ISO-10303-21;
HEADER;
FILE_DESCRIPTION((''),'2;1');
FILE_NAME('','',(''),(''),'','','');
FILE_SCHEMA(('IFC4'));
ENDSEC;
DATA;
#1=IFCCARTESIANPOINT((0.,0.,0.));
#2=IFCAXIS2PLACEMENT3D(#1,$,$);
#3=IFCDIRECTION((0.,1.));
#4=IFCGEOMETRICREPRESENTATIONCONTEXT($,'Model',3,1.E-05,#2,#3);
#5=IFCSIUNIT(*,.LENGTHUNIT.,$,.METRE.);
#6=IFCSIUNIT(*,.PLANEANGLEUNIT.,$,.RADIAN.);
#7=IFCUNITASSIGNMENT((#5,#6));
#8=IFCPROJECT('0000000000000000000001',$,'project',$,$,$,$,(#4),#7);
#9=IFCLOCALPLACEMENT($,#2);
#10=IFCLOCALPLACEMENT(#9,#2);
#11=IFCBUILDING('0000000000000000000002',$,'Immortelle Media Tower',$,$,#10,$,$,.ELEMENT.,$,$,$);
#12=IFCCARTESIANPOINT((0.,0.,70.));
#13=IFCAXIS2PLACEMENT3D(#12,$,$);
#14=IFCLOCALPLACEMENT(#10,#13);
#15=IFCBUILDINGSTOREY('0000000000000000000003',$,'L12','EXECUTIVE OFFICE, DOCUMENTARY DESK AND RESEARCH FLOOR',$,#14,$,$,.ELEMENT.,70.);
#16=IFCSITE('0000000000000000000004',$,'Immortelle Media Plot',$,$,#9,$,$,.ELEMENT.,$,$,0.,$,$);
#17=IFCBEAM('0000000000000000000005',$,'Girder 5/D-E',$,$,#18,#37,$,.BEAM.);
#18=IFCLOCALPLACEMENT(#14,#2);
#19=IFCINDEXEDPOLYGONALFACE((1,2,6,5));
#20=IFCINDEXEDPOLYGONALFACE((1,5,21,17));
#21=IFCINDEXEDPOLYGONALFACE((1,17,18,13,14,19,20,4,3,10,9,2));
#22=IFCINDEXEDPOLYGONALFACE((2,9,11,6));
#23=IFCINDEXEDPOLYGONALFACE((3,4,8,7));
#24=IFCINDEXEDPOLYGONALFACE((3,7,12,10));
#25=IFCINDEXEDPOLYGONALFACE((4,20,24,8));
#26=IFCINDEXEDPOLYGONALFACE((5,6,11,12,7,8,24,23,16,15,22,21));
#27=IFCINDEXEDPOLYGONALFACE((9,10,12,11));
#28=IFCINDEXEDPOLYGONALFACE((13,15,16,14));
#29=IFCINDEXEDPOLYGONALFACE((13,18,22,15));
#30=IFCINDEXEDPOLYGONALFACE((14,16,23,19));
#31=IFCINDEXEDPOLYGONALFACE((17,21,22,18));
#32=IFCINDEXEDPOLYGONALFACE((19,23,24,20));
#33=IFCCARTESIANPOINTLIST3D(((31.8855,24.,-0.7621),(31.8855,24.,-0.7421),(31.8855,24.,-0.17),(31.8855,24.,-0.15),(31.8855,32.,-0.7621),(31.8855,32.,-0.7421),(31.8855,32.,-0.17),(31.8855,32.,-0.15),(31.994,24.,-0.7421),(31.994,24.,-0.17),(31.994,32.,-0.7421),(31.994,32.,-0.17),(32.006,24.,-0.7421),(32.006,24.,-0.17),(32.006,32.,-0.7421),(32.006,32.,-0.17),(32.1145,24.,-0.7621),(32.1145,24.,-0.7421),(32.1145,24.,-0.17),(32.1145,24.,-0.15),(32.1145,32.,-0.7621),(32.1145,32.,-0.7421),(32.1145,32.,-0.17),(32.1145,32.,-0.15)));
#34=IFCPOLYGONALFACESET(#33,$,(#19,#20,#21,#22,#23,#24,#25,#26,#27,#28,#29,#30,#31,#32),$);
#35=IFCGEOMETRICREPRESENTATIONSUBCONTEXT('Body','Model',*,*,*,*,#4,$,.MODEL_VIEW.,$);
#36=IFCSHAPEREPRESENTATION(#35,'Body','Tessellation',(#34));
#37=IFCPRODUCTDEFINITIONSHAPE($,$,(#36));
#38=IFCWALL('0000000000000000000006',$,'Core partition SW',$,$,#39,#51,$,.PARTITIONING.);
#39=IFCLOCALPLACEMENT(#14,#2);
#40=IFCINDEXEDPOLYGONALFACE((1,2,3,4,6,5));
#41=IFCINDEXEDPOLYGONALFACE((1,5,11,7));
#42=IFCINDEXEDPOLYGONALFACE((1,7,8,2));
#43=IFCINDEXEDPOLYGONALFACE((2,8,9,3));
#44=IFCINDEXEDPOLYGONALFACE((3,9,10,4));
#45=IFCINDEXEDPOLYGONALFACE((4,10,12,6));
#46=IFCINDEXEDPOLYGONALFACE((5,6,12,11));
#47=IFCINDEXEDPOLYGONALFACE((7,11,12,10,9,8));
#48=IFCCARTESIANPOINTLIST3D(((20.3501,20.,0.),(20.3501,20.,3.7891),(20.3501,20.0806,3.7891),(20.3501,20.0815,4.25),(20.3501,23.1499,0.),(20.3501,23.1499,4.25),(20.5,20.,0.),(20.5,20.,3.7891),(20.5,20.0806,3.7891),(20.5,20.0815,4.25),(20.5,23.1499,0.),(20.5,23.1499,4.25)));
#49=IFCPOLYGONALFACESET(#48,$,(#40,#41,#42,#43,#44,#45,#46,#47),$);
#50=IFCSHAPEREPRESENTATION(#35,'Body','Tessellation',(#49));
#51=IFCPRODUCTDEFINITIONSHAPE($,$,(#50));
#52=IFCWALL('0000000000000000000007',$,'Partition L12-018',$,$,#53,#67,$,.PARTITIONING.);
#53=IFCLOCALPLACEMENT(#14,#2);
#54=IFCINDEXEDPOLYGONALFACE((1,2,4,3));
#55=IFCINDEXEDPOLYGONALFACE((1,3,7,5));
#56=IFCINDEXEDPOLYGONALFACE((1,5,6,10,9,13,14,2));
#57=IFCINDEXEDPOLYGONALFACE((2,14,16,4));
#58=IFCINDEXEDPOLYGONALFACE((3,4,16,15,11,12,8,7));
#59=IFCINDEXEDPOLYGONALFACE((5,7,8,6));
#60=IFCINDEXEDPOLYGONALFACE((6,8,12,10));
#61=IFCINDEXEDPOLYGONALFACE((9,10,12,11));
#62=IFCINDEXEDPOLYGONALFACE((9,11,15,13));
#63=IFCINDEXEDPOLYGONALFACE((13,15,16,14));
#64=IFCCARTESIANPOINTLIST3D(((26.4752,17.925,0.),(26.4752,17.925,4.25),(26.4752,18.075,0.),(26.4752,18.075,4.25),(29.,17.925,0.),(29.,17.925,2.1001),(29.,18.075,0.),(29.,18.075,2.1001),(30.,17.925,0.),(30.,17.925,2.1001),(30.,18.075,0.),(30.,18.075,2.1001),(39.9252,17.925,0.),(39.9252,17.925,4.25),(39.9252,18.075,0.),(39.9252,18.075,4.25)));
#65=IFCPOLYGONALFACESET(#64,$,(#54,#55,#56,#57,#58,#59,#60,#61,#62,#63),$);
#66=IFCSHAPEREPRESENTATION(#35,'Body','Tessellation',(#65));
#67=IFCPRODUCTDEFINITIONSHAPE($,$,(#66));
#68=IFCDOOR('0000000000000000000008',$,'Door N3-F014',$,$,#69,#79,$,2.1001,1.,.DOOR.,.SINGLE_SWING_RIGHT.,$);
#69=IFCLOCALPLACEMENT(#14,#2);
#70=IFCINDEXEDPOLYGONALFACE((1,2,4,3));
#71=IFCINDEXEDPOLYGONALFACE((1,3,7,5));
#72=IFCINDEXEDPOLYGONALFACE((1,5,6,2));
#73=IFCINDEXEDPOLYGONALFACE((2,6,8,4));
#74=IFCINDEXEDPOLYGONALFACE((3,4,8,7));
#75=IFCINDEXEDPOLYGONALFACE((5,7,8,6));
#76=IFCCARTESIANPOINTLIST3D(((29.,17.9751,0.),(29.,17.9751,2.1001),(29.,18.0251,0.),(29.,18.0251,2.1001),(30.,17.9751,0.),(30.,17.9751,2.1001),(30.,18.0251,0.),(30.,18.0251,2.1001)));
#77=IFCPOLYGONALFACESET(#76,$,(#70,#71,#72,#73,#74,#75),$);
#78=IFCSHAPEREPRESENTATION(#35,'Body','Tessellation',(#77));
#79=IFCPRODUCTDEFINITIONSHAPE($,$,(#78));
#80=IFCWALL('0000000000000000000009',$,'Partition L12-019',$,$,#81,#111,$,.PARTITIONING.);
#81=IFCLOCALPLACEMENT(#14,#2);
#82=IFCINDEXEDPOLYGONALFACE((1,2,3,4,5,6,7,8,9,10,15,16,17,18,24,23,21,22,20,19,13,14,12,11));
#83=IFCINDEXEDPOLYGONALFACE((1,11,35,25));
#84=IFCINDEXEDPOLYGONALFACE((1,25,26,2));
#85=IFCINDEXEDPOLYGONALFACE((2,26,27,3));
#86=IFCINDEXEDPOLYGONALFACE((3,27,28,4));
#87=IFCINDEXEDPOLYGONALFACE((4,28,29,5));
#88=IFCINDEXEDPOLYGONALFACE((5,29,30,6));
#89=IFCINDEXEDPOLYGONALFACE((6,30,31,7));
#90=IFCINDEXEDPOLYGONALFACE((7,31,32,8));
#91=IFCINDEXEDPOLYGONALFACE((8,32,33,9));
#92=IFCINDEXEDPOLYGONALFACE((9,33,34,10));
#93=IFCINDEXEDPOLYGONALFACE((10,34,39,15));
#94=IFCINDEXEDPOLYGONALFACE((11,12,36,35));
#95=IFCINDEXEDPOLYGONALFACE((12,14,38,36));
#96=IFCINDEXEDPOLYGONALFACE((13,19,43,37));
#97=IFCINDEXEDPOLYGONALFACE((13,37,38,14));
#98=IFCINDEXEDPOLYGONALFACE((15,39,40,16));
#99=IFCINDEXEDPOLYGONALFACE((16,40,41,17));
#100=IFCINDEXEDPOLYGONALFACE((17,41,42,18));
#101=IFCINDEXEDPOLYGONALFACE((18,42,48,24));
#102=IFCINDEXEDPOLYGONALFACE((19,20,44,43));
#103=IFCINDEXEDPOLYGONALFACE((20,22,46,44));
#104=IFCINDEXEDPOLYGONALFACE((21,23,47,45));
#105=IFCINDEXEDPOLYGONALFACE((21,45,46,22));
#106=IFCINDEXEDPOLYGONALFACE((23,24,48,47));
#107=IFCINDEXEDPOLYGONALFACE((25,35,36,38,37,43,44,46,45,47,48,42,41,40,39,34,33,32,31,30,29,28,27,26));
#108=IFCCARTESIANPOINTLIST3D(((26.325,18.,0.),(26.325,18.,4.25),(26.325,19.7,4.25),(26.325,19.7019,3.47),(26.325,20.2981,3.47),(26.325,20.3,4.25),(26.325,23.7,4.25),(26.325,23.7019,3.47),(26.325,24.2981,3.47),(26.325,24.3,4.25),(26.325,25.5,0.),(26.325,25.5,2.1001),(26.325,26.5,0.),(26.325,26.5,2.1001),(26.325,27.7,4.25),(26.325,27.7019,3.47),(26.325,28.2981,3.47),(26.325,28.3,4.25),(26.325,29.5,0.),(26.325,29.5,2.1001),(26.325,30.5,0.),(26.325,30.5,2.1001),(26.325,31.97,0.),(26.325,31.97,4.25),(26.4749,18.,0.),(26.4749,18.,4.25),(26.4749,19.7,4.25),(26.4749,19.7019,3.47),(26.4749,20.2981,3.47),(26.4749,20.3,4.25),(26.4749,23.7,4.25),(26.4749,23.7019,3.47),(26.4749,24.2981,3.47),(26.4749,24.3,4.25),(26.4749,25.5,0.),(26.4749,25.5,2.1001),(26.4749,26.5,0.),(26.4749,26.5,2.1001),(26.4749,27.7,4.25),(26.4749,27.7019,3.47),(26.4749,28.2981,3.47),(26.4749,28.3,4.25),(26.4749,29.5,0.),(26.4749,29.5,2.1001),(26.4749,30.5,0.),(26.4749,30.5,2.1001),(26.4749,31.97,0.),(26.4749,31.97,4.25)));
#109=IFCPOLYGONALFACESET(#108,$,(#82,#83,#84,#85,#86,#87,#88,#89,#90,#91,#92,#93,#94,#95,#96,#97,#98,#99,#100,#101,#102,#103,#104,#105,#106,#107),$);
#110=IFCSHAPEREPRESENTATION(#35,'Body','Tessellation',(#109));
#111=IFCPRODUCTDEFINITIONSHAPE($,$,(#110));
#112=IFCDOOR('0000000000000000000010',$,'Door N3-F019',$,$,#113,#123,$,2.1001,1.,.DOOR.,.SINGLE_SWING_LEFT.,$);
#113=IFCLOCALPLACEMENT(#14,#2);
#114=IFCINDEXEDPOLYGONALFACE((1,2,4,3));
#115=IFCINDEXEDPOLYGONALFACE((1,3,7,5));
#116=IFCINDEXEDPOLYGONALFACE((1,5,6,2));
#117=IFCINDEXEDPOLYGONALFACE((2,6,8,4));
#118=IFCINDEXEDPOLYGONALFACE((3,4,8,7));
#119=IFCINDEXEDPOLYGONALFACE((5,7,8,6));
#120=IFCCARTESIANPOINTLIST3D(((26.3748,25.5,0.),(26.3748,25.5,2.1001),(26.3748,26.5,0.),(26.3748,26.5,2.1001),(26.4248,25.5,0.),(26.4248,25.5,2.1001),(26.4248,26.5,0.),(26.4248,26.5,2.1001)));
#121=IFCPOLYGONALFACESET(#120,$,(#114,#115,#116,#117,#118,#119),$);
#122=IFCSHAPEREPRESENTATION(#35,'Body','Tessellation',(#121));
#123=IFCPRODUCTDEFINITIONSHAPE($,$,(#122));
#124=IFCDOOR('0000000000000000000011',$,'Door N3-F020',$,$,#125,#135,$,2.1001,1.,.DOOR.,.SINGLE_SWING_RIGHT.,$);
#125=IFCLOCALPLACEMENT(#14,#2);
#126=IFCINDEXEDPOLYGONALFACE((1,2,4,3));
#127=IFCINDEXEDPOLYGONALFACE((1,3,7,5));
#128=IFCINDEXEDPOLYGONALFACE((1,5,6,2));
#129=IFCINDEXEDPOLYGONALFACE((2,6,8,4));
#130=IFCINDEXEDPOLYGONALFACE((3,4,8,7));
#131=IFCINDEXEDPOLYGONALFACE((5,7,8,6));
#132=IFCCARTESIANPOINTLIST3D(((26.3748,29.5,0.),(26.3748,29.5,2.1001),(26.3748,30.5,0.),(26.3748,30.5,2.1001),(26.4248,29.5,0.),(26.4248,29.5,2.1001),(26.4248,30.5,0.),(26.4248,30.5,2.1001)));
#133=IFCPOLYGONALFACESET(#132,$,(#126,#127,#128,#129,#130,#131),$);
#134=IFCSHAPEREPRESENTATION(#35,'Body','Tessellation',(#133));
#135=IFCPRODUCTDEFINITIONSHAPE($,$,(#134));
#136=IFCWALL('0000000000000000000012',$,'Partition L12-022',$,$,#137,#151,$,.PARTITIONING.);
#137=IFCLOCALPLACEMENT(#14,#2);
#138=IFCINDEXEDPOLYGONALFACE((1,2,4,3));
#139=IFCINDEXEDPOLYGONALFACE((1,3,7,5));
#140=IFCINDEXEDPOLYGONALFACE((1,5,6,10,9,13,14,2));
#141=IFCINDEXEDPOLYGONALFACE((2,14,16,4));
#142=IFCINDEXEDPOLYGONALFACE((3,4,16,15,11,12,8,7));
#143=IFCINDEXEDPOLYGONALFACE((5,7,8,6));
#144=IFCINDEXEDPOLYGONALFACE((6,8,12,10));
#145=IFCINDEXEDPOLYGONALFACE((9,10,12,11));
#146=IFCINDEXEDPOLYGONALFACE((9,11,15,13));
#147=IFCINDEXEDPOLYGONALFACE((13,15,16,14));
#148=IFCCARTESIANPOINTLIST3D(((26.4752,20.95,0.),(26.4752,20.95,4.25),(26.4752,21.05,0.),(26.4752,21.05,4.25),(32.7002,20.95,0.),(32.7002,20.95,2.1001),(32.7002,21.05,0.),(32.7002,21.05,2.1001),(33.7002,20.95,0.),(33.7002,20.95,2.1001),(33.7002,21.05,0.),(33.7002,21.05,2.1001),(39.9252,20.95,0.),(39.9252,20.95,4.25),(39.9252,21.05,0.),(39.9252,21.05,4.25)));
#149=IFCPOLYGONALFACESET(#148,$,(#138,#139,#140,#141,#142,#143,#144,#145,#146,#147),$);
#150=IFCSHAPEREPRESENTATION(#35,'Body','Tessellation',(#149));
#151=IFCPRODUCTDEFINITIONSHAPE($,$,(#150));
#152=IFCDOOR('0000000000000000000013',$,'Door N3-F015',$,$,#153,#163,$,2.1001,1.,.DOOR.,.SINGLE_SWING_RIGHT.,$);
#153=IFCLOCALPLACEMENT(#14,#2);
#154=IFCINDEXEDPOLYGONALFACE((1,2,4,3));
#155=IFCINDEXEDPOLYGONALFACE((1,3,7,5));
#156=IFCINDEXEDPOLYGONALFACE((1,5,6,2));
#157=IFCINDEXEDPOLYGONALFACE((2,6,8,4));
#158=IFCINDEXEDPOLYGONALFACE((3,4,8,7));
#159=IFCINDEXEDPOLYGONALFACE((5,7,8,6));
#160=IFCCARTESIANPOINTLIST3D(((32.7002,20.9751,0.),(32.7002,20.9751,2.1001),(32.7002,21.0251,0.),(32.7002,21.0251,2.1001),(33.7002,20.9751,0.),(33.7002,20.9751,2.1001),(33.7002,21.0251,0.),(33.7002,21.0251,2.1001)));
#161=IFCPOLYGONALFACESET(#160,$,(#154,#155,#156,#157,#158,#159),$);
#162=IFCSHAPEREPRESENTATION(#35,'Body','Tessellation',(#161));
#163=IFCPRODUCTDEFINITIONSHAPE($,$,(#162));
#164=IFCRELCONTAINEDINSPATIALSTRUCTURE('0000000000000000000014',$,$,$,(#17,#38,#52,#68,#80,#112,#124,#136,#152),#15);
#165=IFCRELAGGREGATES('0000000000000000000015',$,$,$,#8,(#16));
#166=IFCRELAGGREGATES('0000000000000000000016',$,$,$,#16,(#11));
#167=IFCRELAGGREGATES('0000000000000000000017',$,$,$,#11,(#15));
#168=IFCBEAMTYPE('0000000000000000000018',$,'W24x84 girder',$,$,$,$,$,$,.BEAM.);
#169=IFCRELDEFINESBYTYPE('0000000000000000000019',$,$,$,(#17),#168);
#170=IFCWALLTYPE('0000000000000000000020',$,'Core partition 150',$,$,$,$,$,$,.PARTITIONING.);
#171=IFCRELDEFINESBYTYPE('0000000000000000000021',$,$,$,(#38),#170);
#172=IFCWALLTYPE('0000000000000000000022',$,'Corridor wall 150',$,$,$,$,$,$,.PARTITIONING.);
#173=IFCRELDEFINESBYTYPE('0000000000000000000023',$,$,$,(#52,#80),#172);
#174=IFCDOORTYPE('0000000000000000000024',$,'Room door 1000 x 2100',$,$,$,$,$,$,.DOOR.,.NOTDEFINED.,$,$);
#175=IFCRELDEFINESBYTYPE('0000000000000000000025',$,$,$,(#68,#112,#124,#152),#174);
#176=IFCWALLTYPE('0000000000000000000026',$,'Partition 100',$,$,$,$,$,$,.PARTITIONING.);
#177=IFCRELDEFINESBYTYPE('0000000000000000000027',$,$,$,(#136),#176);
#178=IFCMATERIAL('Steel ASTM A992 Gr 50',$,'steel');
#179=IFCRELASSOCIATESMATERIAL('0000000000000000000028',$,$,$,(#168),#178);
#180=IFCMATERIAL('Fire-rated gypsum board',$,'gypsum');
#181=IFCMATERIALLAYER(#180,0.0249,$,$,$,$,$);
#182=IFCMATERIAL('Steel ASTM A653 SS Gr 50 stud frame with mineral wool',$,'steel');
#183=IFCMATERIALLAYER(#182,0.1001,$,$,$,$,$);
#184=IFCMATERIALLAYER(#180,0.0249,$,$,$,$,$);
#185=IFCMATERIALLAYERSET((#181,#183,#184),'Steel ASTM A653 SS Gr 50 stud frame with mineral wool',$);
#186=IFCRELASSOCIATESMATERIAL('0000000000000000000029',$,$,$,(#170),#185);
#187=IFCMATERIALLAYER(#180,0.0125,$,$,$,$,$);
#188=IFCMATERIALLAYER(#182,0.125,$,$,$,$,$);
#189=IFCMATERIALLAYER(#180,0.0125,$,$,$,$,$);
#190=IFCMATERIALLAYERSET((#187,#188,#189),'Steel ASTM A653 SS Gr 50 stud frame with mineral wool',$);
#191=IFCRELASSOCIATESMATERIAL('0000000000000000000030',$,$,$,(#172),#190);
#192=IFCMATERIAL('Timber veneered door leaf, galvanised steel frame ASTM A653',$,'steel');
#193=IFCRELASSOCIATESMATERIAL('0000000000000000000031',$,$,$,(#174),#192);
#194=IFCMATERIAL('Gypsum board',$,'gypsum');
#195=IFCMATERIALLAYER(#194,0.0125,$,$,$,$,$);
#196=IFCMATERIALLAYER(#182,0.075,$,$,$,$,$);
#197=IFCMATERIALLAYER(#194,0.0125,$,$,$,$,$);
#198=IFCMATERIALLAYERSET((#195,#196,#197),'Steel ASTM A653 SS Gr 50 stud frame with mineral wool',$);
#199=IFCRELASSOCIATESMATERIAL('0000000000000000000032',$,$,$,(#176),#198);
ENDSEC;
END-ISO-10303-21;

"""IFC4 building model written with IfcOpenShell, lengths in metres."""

from ifc_helpers import new_model, si_unit, direction, frame, frame_2d, origin, origin_2d, place, context, subcontext, project, spatial, polyline, rectangle, i_section, outline, extrude, material, layer, layer_set, material_profile, profile_set, type_object, element, fill, save


model = new_model("IFC4")

# Units and contexts
model_context = context("Model", 3, precision=1e-05, world=origin(), true_north=direction((0.0, 1.0)))
body_context = subcontext(model_context, "Body", "Model", "MODEL_VIEW")
ifc_project = project(units=[si_unit("LENGTHUNIT", "METRE"), si_unit("PLANEANGLEUNIT", "RADIAN")], contexts=[model_context])

# Site, building, storey
site_placement = place(None, origin())
site = spatial("IfcSite", under=ifc_project, at=site_placement, Name="Immortelle Media Plot", CompositionType="ELEMENT", RefElevation=0.0)
building_placement = place(site_placement, origin())
building = spatial("IfcBuilding", under=site, at=building_placement, Name="Immortelle Media Tower", CompositionType="ELEMENT")
storey_placement = place(building_placement, frame((0.0, 0.0, 70.0)))
storey = spatial("IfcBuildingStorey", under=building, at=storey_placement, Name="L12", Description="EXECUTIVE OFFICE, DOCUMENTARY DESK AND RESEARCH FLOOR", CompositionType="ELEMENT", Elevation=70.0)

# Shared definitions
ifc_material_1 = material(Name="Steel ASTM A992 Gr 50", Category="steel")

# Beam
ifc_material_profile_1 = material_profile(ifc_material_1, i_section(OverallWidth=0.229, OverallDepth=0.6121, WebThickness=0.012, FlangeThickness=0.02, at=origin_2d()), Name="W24x84")
ifc_profile_set_1 = profile_set([ifc_material_profile_1], Name="Steel ASTM A992 Gr 50")
beam_type_1 = type_object("IfcBeamType", Name="W24x84 girder", PredefinedType="BEAM", material=ifc_profile_set_1)
for number, where, z_axis, x_axis, name in (
    (1, (32.0, 24.0, -0.4561), (0.0, 1.0, 0.0), (-1.0, 0.0, 0.0), "Girder 5/D-E"),
):
    element("IfcBeam", number, at=place(storey_placement, frame(where, z_axis=z_axis, x_axis=x_axis)), inside=storey, type_object=beam_type_1, Name=name, PredefinedType="BEAM", context=body_context, shape_type="SweptSolid", body=[
        extrude(i_section(OverallWidth=0.229, OverallDepth=0.6121, WebThickness=0.012, FlangeThickness=0.02, at=origin_2d()), origin(), (0.0, 0.0, 1.0), 8.0),
    ])

# Wall
ifc_material_2 = material(Name="Fire-rated gypsum board", Category="gypsum")
ifc_layer_1 = layer(ifc_material_2, 0.0249)
ifc_material_3 = material(Name="Steel ASTM A653 SS Gr 50 stud frame with mineral wool", Category="steel")
ifc_layer_2 = layer(ifc_material_3, 0.1001)
ifc_layer_3 = layer(ifc_material_2, 0.0249)
ifc_layer_set_1 = layer_set([ifc_layer_1, ifc_layer_2, ifc_layer_3], Name="Steel ASTM A653 SS Gr 50 stud frame with mineral wool")
wall_type_1 = type_object("IfcWallType", Name="Core partition 150", PredefinedType="PARTITIONING", material=ifc_layer_set_1)
wall_1_placement = place(storey_placement, frame((20.425, 20.0, 0.0), z_axis=(0.0, 0.0, 1.0), x_axis=(0.0, 1.0, 0.0)))
element("IfcWall", 2, at=wall_1_placement, inside=storey, type_object=wall_type_1, Name="Core partition SW", PredefinedType="PARTITIONING", context=body_context, shape_type="SweptSolid", body=[
    extrude(outline(polyline([(0.0, 0.0), (3.1499, 0.0), (3.1499, 4.25), (0.0815, 4.25), (0.0806, 3.7891), (0.0, 3.7891), (0.0, 0.0)])), frame((0.0, 0.075, 0.0), z_axis=(0.0, -1.0, 0.0), x_axis=(1.0, 0.0, 0.0)), (0.0, 0.0, 1.0), 0.1499),
])

# Wall, opening, door
ifc_layer_4 = layer(ifc_material_2, 0.0125)
ifc_layer_5 = layer(ifc_material_3, 0.125)
ifc_layer_6 = layer(ifc_material_2, 0.0125)
ifc_layer_set_2 = layer_set([ifc_layer_4, ifc_layer_5, ifc_layer_6], Name="Steel ASTM A653 SS Gr 50 stud frame with mineral wool")
wall_type_2 = type_object("IfcWallType", Name="Corridor wall 150", PredefinedType="PARTITIONING", material=ifc_layer_set_2)
wall_2_placement = place(storey_placement, frame((26.4751, 18.0, 0.0), z_axis=(0.0, 0.0, 1.0), x_axis=(1.0, 0.0, 0.0)))
wall_2 = element("IfcWall", 3, at=wall_2_placement, inside=storey, type_object=wall_type_2, Name="Partition L12-018", PredefinedType="PARTITIONING", context=body_context, shape_type="SweptSolid", body=[
    extrude(rectangle(XDim=13.45, YDim=0.1499, at=frame_2d((6.7251, 0.0))), origin(), (0.0, 0.0, 1.0), 4.25),
])
opening_1_placement = place(wall_2_placement, frame((3.5249, 0.0, 0.0), z_axis=(0.0, 0.0, 1.0), x_axis=(-1.0, 0.0, 0.0)))
opening_1 = element("IfcOpeningElement", 4, at=opening_1_placement, cuts=wall_2, PredefinedType="OPENING", context=body_context, shape_type="SweptSolid", body=[
    extrude(rectangle(XDim=1.0, YDim=2.1001, at=frame_2d((0.5, 1.05))), frame((0.0, 0.085, 0.0), z_axis=(0.0, -1.0, 0.0), x_axis=(1.0, 0.0, 0.0)), (0.0, 0.0, 1.0), 0.1699),
])
ifc_material_4 = material(Name="Timber veneered door leaf, galvanised steel frame ASTM A653", Category="steel")
door_type = type_object("IfcDoorType", Name="Room door 1000 x 2100", OperationType="NOTDEFINED", PredefinedType="DOOR", material=ifc_material_4)
door_1_placement = place(opening_1_placement, origin())
door_1 = element("IfcDoor", 5, at=door_1_placement, inside=storey, type_object=door_type, Name="Door N3-F014", OperationType="SINGLE_SWING_RIGHT", OverallHeight=2.1001, OverallWidth=1.0, PredefinedType="DOOR", context=body_context, shape_type="SweptSolid", body=[
    extrude(rectangle(XDim=1.0, YDim=2.1001, at=frame_2d((0.5, 1.05))), frame((0.0, 0.0249, 0.0), z_axis=(0.0, -1.0, 0.0), x_axis=(1.0, 0.0, 0.0)), (0.0, 0.0, 1.0), 0.05),
])
fill(opening_1, door_1)

# Wall, openings, doors
wall_3_placement = place(storey_placement, frame((26.3999, 18.0, 0.0), z_axis=(0.0, 0.0, 1.0), x_axis=(0.0, 1.0, 0.0)))
wall_3 = element("IfcWall", 6, at=wall_3_placement, inside=storey, type_object=wall_type_2, Name="Partition L12-019", PredefinedType="PARTITIONING", context=body_context, shape_type="SweptSolid", body=[
    extrude(outline(polyline([(0.0, 0.0), (13.97, 0.0), (13.97, 4.25), (10.3, 4.25), (10.2981, 3.47), (9.7019, 3.47), (9.7, 4.25), (6.3, 4.25), (6.2981, 3.47), (5.7019, 3.47), (5.7, 4.25), (2.3, 4.25), (2.2981, 3.47), (1.7019, 3.47), (1.7, 4.25), (0.0, 4.25), (0.0, 0.0)])), frame((0.0, 0.075, 0.0), z_axis=(0.0, -1.0, 0.0), x_axis=(1.0, 0.0, 0.0)), (0.0, 0.0, 1.0), 0.1499),
])
opening_2_placement = place(wall_3_placement, frame((8.5, 0.0, 0.0), z_axis=(0.0, 0.0, 1.0), x_axis=(-1.0, 0.0, 0.0)))
opening_2 = element("IfcOpeningElement", 7, at=opening_2_placement, cuts=wall_3, PredefinedType="OPENING", context=body_context, shape_type="SweptSolid", body=[
    extrude(rectangle(XDim=1.0, YDim=2.1001, at=frame_2d((0.5, 1.05))), frame((0.0, 0.085, 0.0), z_axis=(0.0, -1.0, 0.0), x_axis=(1.0, 0.0, 0.0)), (0.0, 0.0, 1.0), 0.1699),
])
opening_3_placement = place(wall_3_placement, frame((12.5, 0.0, 0.0), z_axis=(0.0, 0.0, 1.0), x_axis=(-1.0, 0.0, 0.0)))
opening_3 = element("IfcOpeningElement", 8, at=opening_3_placement, cuts=wall_3, PredefinedType="OPENING", context=body_context, shape_type="SweptSolid", body=[
    extrude(rectangle(XDim=1.0, YDim=2.1001, at=frame_2d((0.5, 1.05))), frame((0.0, 0.085, 0.0), z_axis=(0.0, -1.0, 0.0), x_axis=(1.0, 0.0, 0.0)), (0.0, 0.0, 1.0), 0.1699),
])
door_2_placement = place(opening_2_placement, origin())
door_2 = element("IfcDoor", 9, at=door_2_placement, inside=storey, type_object=door_type, Name="Door N3-F019", OperationType="SINGLE_SWING_LEFT", OverallHeight=2.1001, OverallWidth=1.0, PredefinedType="DOOR", context=body_context, shape_type="SweptSolid", body=[
    extrude(rectangle(XDim=1.0, YDim=2.1001, at=frame_2d((0.5, 1.05))), frame((0.0, 0.0249, 0.0), z_axis=(0.0, -1.0, 0.0), x_axis=(1.0, 0.0, 0.0)), (0.0, 0.0, 1.0), 0.05),
])
fill(opening_2, door_2)
door_3_placement = place(opening_3_placement, origin())
door_3 = element("IfcDoor", 10, at=door_3_placement, inside=storey, type_object=door_type, Name="Door N3-F020", OperationType="SINGLE_SWING_RIGHT", OverallHeight=2.1001, OverallWidth=1.0, PredefinedType="DOOR", context=body_context, shape_type="SweptSolid", body=[
    extrude(rectangle(XDim=1.0, YDim=2.1001, at=frame_2d((0.5, 1.05))), frame((0.0, 0.0249, 0.0), z_axis=(0.0, -1.0, 0.0), x_axis=(1.0, 0.0, 0.0)), (0.0, 0.0, 1.0), 0.05),
])
fill(opening_3, door_3)

# Wall, opening, door
ifc_material_5 = material(Name="Gypsum board", Category="gypsum")
ifc_layer_7 = layer(ifc_material_5, 0.0125)
ifc_layer_8 = layer(ifc_material_3, 0.075)
ifc_layer_9 = layer(ifc_material_5, 0.0125)
ifc_layer_set_3 = layer_set([ifc_layer_7, ifc_layer_8, ifc_layer_9], Name="Steel ASTM A653 SS Gr 50 stud frame with mineral wool")
wall_type_3 = type_object("IfcWallType", Name="Partition 100", PredefinedType="PARTITIONING", material=ifc_layer_set_3)
wall_4_placement = place(storey_placement, frame((26.4751, 21.0, 0.0), z_axis=(0.0, 0.0, 1.0), x_axis=(1.0, 0.0, 0.0)))
wall_4 = element("IfcWall", 11, at=wall_4_placement, inside=storey, type_object=wall_type_3, Name="Partition L12-022", PredefinedType="PARTITIONING", context=body_context, shape_type="SweptSolid", body=[
    extrude(rectangle(XDim=13.45, YDim=0.1001, at=frame_2d((6.7251, 0.0))), origin(), (0.0, 0.0, 1.0), 4.25),
])
opening_4_placement = place(wall_4_placement, frame((7.2251, 0.0, 0.0), z_axis=(0.0, 0.0, 1.0), x_axis=(-1.0, 0.0, 0.0)))
opening_4 = element("IfcOpeningElement", 12, at=opening_4_placement, cuts=wall_4, PredefinedType="OPENING", context=body_context, shape_type="SweptSolid", body=[
    extrude(rectangle(XDim=1.0, YDim=2.1001, at=frame_2d((0.5, 1.05))), frame((0.0, 0.0601, 0.0), z_axis=(0.0, -1.0, 0.0), x_axis=(1.0, 0.0, 0.0)), (0.0, 0.0, 1.0), 0.1201),
])
door_4_placement = place(opening_4_placement, origin())
door_4 = element("IfcDoor", 13, at=door_4_placement, inside=storey, type_object=door_type, Name="Door N3-F015", OperationType="SINGLE_SWING_RIGHT", OverallHeight=2.1001, OverallWidth=1.0, PredefinedType="DOOR", context=body_context, shape_type="SweptSolid", body=[
    extrude(rectangle(XDim=1.0, YDim=2.1001, at=frame_2d((0.5, 1.05))), frame((0.0, 0.0249, 0.0), z_axis=(0.0, -1.0, 0.0), x_axis=(1.0, 0.0, 0.0)), (0.0, 0.0, 1.0), 0.05),
])
fill(opening_4, door_4)

save(model, "model.ifc")
